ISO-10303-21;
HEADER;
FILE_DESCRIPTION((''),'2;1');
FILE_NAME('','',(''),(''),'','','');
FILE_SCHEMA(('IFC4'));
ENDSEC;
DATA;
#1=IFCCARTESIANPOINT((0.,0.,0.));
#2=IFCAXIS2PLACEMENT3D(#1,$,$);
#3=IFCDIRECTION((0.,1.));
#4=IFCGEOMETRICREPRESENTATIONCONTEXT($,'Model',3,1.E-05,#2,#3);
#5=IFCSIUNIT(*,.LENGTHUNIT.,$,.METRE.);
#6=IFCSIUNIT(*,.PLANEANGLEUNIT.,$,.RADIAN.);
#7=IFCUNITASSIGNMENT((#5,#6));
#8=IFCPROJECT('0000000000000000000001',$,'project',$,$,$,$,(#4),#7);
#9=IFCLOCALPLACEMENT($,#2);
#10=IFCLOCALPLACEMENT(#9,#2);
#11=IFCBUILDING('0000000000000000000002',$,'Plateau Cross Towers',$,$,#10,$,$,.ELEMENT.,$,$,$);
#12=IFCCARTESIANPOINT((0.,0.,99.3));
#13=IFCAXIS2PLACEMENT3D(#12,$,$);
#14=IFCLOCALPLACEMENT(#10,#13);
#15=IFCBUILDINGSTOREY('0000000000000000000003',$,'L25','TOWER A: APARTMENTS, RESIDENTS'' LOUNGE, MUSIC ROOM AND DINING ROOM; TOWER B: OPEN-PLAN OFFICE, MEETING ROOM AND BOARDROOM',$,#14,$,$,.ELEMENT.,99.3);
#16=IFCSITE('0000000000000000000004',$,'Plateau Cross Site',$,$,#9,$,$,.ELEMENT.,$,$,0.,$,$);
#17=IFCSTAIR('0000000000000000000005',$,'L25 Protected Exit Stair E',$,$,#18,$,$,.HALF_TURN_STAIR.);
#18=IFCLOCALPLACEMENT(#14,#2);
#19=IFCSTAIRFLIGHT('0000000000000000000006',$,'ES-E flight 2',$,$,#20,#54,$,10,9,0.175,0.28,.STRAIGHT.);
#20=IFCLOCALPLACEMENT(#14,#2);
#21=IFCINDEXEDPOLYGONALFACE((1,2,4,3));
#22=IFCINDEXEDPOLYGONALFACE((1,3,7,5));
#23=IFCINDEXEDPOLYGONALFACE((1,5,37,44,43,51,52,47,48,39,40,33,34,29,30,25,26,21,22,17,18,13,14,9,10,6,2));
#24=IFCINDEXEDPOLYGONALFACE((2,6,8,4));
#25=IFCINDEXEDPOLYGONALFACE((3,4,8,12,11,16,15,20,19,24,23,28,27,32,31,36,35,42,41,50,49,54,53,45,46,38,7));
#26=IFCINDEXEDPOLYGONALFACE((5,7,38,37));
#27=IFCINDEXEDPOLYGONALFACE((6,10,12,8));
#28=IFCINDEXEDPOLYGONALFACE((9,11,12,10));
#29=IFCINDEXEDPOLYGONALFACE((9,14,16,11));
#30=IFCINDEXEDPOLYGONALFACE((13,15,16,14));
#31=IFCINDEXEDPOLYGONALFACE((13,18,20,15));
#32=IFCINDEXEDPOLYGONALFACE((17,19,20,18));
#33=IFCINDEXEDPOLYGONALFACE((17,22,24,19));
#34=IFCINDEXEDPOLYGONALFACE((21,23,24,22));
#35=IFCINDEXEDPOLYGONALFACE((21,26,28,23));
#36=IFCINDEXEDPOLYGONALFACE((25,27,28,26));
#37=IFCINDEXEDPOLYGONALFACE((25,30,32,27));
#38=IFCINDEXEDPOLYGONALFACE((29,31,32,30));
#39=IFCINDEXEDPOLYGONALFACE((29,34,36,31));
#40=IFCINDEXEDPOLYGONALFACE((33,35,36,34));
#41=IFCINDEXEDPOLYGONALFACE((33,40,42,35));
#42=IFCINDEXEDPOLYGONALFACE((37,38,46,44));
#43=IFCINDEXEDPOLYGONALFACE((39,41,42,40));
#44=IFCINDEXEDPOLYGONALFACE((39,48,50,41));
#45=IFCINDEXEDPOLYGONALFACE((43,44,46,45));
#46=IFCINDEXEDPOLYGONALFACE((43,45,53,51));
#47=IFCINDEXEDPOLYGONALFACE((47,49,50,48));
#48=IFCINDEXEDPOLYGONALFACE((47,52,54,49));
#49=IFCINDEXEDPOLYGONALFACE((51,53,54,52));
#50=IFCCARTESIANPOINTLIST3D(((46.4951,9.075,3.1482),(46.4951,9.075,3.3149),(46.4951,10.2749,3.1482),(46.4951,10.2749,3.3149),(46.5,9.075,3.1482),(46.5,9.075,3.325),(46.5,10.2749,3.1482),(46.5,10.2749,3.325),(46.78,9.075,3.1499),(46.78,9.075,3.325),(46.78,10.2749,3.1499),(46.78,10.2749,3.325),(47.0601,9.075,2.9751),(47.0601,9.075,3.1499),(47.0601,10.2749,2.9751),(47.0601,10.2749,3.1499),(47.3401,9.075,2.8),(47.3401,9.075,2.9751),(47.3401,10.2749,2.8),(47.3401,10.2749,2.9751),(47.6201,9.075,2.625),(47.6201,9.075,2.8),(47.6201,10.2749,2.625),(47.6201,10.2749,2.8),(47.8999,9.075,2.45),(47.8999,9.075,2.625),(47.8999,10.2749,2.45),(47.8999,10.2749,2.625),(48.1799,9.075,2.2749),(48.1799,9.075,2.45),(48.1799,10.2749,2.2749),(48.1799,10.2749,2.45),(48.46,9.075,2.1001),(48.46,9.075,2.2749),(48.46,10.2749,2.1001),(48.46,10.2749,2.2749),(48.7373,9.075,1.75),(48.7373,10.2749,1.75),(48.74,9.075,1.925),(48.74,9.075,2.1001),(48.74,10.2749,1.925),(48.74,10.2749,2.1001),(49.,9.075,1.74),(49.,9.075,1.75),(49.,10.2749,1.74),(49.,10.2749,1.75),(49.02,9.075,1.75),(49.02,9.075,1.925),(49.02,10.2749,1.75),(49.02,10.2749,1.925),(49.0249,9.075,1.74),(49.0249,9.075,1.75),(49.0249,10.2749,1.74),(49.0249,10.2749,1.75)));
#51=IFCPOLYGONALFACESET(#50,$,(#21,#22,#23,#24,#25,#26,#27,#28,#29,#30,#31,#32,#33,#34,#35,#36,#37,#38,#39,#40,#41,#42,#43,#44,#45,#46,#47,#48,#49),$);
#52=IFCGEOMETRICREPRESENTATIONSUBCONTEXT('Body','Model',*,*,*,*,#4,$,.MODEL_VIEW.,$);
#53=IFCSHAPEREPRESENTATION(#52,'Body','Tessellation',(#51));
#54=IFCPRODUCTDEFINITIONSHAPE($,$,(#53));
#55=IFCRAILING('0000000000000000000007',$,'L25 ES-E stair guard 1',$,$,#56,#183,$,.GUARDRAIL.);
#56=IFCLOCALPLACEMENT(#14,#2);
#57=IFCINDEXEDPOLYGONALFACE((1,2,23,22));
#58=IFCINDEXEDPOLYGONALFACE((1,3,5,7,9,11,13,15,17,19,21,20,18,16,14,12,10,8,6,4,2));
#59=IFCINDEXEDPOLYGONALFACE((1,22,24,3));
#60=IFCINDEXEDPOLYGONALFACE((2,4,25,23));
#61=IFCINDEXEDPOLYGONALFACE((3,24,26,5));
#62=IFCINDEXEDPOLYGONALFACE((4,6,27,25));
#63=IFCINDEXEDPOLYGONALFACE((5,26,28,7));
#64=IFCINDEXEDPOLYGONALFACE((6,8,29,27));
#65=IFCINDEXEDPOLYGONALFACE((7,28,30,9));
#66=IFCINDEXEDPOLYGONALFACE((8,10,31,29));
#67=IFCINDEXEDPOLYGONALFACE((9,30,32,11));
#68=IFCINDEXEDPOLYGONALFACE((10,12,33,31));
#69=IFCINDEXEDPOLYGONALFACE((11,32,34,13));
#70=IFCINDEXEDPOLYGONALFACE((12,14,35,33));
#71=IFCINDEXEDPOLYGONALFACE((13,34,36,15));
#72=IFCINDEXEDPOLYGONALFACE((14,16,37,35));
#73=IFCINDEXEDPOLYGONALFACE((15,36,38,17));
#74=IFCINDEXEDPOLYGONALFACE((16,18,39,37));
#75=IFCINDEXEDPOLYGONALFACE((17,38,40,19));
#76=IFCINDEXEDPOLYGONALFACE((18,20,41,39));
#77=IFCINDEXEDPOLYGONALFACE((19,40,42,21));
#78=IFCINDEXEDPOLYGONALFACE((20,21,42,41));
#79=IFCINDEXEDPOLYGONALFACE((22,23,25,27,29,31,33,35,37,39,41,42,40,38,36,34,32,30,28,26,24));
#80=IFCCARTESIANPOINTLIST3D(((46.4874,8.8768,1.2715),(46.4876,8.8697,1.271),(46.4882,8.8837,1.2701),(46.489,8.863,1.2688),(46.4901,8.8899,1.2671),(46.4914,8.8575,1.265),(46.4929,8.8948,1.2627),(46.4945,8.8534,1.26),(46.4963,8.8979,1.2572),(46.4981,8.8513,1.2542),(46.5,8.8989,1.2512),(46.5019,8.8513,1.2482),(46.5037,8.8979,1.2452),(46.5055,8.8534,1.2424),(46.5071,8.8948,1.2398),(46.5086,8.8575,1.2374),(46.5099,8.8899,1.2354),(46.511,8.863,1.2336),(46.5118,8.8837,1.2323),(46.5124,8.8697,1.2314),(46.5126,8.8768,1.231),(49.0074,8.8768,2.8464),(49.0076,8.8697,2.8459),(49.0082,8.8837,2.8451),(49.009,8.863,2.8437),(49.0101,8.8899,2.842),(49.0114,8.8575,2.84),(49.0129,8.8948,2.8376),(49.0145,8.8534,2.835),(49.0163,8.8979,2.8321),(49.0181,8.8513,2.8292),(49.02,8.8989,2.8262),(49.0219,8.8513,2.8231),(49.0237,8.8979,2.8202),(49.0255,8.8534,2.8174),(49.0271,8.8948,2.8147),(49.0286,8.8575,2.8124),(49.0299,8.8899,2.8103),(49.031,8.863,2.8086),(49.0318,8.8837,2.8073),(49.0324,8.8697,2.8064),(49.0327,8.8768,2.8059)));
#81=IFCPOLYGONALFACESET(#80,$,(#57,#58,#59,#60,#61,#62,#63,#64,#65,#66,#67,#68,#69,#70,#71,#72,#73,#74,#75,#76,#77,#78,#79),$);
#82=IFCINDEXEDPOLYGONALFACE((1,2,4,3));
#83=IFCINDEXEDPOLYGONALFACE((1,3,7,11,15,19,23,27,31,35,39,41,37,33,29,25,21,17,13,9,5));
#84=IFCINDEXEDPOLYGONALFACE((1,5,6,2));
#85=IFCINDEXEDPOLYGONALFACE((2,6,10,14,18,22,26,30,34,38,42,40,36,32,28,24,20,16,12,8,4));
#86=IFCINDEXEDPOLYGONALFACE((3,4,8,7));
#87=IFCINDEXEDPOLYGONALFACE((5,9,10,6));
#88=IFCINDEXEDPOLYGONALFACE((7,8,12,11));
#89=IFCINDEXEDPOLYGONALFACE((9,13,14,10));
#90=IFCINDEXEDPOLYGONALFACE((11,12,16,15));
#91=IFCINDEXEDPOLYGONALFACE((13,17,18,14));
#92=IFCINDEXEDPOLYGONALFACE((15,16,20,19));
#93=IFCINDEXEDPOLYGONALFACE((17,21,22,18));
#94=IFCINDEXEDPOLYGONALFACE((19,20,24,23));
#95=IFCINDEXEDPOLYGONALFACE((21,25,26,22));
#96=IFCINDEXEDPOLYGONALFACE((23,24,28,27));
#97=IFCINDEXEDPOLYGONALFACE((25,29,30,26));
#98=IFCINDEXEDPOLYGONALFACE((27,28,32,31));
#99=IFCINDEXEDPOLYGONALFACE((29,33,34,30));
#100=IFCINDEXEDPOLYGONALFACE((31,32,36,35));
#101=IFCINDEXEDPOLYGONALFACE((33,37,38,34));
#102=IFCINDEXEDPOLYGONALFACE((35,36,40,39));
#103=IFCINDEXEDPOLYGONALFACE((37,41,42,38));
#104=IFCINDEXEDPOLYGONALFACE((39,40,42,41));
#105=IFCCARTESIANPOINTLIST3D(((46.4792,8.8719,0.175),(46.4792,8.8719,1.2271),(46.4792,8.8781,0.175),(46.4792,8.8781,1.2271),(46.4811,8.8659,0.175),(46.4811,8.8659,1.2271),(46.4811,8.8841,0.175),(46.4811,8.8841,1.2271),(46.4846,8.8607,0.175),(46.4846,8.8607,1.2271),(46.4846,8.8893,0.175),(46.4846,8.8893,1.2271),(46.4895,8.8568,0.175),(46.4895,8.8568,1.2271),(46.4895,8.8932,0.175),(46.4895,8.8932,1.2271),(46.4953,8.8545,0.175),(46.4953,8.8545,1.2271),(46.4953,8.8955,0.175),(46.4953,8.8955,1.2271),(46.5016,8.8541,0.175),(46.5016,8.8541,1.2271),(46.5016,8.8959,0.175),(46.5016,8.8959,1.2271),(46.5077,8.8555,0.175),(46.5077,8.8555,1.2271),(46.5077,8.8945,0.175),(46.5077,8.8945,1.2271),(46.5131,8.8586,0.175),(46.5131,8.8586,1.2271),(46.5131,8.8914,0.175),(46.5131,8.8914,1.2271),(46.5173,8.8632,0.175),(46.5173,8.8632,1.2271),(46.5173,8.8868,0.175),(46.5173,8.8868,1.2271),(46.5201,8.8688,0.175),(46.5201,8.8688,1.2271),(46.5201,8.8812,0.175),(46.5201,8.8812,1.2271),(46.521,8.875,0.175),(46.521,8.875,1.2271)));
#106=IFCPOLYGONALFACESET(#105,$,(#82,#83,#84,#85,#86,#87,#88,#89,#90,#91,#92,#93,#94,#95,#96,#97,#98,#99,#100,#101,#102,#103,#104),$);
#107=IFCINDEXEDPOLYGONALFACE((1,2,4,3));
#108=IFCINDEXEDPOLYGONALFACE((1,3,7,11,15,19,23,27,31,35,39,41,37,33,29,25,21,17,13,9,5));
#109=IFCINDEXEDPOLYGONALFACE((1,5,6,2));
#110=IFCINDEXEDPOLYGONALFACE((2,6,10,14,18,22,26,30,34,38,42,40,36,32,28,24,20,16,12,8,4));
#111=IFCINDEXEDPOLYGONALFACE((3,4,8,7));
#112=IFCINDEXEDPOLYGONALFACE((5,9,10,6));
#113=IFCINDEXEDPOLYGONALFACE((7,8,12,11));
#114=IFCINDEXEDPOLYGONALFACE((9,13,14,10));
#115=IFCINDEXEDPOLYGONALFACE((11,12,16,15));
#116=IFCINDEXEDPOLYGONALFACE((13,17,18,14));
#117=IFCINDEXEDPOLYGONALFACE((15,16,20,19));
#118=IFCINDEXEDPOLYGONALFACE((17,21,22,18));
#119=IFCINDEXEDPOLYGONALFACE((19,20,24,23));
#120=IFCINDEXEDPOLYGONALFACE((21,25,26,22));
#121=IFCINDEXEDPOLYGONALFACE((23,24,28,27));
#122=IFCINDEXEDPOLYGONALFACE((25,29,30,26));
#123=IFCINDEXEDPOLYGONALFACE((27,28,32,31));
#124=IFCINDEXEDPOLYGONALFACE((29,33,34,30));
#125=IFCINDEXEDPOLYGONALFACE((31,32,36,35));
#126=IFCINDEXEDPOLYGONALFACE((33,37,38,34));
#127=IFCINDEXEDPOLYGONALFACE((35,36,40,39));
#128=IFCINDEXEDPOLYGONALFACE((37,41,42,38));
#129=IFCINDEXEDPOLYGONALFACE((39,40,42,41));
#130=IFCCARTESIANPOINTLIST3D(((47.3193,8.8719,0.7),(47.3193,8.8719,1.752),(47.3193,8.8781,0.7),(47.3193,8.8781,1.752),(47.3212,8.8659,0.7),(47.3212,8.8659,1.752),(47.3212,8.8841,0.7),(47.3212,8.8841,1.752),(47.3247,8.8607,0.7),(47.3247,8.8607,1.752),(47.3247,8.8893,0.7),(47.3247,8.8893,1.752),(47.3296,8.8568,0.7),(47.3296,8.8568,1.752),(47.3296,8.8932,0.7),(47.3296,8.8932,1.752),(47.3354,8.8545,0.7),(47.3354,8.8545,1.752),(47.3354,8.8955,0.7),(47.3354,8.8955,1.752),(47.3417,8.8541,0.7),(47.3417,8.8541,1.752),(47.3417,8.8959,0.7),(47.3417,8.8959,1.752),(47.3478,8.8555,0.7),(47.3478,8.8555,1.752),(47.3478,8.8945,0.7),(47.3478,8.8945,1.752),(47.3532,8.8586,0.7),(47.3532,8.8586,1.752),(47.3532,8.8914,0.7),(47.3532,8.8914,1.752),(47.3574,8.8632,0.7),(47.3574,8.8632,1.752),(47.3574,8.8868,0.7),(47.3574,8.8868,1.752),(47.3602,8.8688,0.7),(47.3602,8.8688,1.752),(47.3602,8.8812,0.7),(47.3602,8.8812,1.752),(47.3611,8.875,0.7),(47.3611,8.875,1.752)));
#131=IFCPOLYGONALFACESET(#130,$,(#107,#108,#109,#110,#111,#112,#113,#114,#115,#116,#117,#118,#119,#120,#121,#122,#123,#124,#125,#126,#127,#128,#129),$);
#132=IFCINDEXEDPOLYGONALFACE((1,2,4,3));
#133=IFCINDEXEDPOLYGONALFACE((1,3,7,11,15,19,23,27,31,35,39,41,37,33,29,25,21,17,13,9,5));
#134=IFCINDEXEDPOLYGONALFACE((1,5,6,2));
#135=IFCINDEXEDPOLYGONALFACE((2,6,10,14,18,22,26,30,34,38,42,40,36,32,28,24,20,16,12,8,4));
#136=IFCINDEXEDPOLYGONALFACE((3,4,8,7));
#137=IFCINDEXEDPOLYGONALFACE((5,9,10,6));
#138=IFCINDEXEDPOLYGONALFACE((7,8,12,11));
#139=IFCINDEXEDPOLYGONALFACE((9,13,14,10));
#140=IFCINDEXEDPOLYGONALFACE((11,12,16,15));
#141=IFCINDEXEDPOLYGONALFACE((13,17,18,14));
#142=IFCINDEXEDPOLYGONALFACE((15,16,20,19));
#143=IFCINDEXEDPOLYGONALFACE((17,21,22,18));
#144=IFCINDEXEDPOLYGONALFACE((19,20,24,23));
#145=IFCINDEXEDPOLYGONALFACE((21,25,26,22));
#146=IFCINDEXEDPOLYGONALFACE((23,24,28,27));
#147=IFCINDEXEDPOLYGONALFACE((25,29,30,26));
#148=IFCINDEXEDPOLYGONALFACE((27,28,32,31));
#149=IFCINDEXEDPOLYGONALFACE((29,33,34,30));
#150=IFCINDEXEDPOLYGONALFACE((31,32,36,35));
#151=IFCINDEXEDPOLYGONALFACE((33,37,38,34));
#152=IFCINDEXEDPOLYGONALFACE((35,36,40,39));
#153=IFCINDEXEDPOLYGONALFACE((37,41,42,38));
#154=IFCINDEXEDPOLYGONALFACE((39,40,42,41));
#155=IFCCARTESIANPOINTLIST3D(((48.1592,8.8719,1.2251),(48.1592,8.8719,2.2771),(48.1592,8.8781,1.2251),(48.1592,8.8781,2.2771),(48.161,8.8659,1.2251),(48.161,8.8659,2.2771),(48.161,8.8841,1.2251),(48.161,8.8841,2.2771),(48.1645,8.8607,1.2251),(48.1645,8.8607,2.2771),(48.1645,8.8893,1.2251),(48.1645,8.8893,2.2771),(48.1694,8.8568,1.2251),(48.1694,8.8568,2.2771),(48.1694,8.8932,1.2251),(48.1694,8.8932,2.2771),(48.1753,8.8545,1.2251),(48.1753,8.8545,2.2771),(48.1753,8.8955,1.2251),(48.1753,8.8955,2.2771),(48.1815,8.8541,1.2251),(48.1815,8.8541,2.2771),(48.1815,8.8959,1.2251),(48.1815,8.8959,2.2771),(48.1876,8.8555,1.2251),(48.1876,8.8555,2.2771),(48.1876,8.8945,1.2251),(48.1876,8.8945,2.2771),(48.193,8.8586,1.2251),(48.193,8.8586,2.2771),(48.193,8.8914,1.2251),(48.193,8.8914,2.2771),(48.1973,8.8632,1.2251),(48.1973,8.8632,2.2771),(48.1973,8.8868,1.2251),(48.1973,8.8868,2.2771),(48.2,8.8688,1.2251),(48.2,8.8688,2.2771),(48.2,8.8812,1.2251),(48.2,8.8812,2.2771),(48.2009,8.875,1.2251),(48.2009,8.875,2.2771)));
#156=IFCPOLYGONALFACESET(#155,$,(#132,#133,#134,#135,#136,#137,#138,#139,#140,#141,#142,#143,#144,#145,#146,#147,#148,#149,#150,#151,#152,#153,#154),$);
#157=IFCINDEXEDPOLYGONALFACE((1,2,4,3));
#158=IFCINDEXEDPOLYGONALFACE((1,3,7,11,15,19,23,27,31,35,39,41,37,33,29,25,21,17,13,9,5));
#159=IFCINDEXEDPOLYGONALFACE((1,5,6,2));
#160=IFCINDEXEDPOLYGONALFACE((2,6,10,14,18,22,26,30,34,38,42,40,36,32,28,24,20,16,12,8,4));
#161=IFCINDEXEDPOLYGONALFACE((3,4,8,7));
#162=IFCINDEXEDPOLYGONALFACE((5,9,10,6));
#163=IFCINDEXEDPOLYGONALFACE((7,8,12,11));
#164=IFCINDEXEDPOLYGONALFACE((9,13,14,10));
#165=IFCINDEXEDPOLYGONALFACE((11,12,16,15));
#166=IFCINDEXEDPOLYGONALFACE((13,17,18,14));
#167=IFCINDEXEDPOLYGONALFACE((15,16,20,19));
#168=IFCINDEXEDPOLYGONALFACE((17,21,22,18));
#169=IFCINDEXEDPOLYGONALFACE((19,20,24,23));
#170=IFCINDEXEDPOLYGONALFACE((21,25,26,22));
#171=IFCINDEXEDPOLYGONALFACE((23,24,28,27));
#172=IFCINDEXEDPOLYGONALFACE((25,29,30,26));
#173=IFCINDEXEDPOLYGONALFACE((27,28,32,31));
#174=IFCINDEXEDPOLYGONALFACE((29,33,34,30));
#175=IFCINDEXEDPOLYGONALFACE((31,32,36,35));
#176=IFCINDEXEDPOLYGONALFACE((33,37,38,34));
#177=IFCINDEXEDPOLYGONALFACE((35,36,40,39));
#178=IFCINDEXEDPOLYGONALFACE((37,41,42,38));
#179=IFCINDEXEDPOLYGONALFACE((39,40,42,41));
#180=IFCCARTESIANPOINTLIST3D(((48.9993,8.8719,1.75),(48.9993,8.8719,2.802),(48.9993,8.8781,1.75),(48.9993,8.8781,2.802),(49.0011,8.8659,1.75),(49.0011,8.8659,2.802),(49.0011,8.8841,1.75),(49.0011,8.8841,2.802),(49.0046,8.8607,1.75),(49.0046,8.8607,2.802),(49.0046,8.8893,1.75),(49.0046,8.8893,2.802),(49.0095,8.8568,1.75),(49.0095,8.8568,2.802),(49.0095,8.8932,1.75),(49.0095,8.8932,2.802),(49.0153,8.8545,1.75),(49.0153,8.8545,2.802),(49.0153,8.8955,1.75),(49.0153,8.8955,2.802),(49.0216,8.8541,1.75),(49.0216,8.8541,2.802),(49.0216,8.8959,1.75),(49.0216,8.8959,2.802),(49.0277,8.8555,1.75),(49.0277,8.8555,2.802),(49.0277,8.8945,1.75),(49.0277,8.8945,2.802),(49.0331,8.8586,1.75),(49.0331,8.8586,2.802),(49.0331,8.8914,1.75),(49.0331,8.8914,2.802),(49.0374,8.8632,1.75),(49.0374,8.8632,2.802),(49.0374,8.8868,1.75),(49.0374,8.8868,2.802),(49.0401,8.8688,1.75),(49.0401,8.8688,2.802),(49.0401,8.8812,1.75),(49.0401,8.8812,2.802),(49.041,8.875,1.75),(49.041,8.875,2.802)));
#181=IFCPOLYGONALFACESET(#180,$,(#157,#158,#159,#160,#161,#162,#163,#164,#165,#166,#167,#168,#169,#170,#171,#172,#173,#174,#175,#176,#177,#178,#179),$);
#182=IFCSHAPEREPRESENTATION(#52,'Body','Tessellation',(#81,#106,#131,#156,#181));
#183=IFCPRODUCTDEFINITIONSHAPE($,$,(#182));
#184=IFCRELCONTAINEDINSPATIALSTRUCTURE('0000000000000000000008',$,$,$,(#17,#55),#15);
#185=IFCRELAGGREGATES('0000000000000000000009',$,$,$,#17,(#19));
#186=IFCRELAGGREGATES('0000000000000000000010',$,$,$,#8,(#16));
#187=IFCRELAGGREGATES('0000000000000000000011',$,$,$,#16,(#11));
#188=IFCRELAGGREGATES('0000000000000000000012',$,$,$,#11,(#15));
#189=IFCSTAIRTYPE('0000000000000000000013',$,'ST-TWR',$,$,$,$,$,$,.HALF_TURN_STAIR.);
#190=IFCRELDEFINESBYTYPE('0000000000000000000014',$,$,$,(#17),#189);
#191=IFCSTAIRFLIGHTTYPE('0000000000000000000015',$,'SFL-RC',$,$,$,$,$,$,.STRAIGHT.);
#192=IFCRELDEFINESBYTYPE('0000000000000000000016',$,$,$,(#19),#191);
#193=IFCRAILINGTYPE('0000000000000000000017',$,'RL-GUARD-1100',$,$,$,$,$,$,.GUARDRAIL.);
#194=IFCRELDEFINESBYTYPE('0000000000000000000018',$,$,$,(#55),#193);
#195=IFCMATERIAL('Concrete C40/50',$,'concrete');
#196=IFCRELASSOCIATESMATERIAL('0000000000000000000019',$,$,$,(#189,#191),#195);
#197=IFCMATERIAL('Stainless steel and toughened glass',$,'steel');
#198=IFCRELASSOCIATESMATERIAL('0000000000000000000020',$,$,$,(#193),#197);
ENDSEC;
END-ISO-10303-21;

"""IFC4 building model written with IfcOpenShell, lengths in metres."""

from ifc_helpers import new_model, si_unit, direction, frame, origin, origin_2d, place, context, subcontext, project, spatial, polyline, circle, outline, extrude, material, type_object, element, aggregate, save


model = new_model("IFC4")

# Units and contexts
model_context = context("Model", 3, precision=1e-05, world=origin(), true_north=direction((0.0, 1.0)))
body_context = subcontext(model_context, "Body", "Model", "MODEL_VIEW")
ifc_project = project(units=[si_unit("LENGTHUNIT", "METRE"), si_unit("PLANEANGLEUNIT", "RADIAN")], contexts=[model_context])

# Site, building, storey
site_placement = place(None, origin())
site = spatial("IfcSite", under=ifc_project, at=site_placement, Name="Plateau Cross Site", CompositionType="ELEMENT", RefElevation=0.0)
building_placement = place(site_placement, origin())
building = spatial("IfcBuilding", under=site, at=building_placement, Name="Plateau Cross Towers", CompositionType="ELEMENT")
storey_placement = place(building_placement, frame((0.0, 0.0, 99.3)))
storey = spatial("IfcBuildingStorey", under=building, at=storey_placement, Name="L25", Description="TOWER A: APARTMENTS, RESIDENTS' LOUNGE, MUSIC ROOM AND DINING ROOM; TOWER B: OPEN-PLAN OFFICE, MEETING ROOM AND BOARDROOM", CompositionType="ELEMENT", Elevation=99.3)

# Stair, stair flight
ifc_material_1 = material(Name="Concrete C40/50", Category="concrete")
stair_type = type_object("IfcStairType", Name="ST-TWR", PredefinedType="HALF_TURN_STAIR", material=ifc_material_1)
stair_placement = place(storey_placement, origin())
stair = element("IfcStair", 1, at=stair_placement, inside=storey, type_object=stair_type, Name="L25 Protected Exit Stair E", PredefinedType="HALF_TURN_STAIR")
stair_flight_type = type_object("IfcStairFlightType", Name="SFL-RC", PredefinedType="STRAIGHT", material=ifc_material_1)
stair_flight_1_placement = place(storey_placement, frame((49.02, 9.675, 1.75), z_axis=(0.0, 0.0, 1.0), x_axis=(-1.0, 0.0, 0.0)))
stair_flight_1 = element("IfcStairFlight", 2, at=stair_flight_1_placement, type_object=stair_flight_type, Name="ES-E flight 2", NumberOfRisers=10, NumberOfTreads=9, PredefinedType="STRAIGHT", RiserHeight=0.175, TreadLength=0.28, context=body_context, shape_type="SweptSolid", body=[
    extrude(outline(polyline([(-0.0049, -0.01), (-0.0049, 0.0), (0.0, 0.0), (0.0, 0.175), (0.28, 0.175), (0.28, 0.3501), (0.5601, 0.3501), (0.5601, 0.5249), (0.8401, 0.5249), (0.8401, 0.7), (1.1201, 0.7), (1.1201, 0.875), (1.3999, 0.875), (1.3999, 1.05), (1.6799, 1.05), (1.6799, 1.2251), (1.96, 1.2251), (1.96, 1.3999), (2.24, 1.3999), (2.24, 1.575), (2.52, 1.575), (2.5249, 1.5649), (2.5249, 1.3982), (2.52, 1.3982), (0.2827, 0.0), (0.02, 0.0), (0.02, -0.01), (-0.0049, -0.01)])), frame((0.0, 0.6001, 0.0), z_axis=(0.0, -1.0, 0.0), x_axis=(1.0, 0.0, 0.0)), (0.0, 0.0, 1.0), 1.2),
])
aggregate(stair, [stair_flight_1])

# Railing
ifc_material_2 = material(Name="Stainless steel and toughened glass", Category="steel")
railing_type_1 = type_object("IfcRailingType", Name="RL-GUARD-1100", PredefinedType="GUARDRAIL", material=ifc_material_2)
railing_1_placement = place(storey_placement, frame((46.5, 8.875, 0.175)))
element("IfcRailing", 3, at=railing_1_placement, inside=storey, type_object=railing_type_1, Name="L25 ES-E stair guard 1", PredefinedType="GUARDRAIL", context=body_context, shape_type="SweptSolid", body=[
    extrude(circle(Radius=0.0239, at=origin_2d()), frame((0.0, 0.0, 1.0762), z_axis=(0.848008, 0.0, 0.529984), x_axis=(0.0, 1.0, 0.0)), (0.0, 0.0, 1.0), 2.9717),
    extrude(circle(Radius=0.021, at=origin_2d()), origin(), (0.0, 0.0, 1.0), 1.052),
    extrude(circle(Radius=0.021, at=origin_2d()), frame((0.8401, 0.0, 0.5249)), (0.0, 0.0, 1.0), 1.052),
    extrude(circle(Radius=0.021, at=origin_2d()), frame((1.6799, 0.0, 1.05)), (0.0, 0.0, 1.0), 1.052),
    extrude(circle(Radius=0.021, at=origin_2d()), frame((2.52, 0.0, 1.575)), (0.0, 0.0, 1.0), 1.052),
])

save(model, "model.ifc")
